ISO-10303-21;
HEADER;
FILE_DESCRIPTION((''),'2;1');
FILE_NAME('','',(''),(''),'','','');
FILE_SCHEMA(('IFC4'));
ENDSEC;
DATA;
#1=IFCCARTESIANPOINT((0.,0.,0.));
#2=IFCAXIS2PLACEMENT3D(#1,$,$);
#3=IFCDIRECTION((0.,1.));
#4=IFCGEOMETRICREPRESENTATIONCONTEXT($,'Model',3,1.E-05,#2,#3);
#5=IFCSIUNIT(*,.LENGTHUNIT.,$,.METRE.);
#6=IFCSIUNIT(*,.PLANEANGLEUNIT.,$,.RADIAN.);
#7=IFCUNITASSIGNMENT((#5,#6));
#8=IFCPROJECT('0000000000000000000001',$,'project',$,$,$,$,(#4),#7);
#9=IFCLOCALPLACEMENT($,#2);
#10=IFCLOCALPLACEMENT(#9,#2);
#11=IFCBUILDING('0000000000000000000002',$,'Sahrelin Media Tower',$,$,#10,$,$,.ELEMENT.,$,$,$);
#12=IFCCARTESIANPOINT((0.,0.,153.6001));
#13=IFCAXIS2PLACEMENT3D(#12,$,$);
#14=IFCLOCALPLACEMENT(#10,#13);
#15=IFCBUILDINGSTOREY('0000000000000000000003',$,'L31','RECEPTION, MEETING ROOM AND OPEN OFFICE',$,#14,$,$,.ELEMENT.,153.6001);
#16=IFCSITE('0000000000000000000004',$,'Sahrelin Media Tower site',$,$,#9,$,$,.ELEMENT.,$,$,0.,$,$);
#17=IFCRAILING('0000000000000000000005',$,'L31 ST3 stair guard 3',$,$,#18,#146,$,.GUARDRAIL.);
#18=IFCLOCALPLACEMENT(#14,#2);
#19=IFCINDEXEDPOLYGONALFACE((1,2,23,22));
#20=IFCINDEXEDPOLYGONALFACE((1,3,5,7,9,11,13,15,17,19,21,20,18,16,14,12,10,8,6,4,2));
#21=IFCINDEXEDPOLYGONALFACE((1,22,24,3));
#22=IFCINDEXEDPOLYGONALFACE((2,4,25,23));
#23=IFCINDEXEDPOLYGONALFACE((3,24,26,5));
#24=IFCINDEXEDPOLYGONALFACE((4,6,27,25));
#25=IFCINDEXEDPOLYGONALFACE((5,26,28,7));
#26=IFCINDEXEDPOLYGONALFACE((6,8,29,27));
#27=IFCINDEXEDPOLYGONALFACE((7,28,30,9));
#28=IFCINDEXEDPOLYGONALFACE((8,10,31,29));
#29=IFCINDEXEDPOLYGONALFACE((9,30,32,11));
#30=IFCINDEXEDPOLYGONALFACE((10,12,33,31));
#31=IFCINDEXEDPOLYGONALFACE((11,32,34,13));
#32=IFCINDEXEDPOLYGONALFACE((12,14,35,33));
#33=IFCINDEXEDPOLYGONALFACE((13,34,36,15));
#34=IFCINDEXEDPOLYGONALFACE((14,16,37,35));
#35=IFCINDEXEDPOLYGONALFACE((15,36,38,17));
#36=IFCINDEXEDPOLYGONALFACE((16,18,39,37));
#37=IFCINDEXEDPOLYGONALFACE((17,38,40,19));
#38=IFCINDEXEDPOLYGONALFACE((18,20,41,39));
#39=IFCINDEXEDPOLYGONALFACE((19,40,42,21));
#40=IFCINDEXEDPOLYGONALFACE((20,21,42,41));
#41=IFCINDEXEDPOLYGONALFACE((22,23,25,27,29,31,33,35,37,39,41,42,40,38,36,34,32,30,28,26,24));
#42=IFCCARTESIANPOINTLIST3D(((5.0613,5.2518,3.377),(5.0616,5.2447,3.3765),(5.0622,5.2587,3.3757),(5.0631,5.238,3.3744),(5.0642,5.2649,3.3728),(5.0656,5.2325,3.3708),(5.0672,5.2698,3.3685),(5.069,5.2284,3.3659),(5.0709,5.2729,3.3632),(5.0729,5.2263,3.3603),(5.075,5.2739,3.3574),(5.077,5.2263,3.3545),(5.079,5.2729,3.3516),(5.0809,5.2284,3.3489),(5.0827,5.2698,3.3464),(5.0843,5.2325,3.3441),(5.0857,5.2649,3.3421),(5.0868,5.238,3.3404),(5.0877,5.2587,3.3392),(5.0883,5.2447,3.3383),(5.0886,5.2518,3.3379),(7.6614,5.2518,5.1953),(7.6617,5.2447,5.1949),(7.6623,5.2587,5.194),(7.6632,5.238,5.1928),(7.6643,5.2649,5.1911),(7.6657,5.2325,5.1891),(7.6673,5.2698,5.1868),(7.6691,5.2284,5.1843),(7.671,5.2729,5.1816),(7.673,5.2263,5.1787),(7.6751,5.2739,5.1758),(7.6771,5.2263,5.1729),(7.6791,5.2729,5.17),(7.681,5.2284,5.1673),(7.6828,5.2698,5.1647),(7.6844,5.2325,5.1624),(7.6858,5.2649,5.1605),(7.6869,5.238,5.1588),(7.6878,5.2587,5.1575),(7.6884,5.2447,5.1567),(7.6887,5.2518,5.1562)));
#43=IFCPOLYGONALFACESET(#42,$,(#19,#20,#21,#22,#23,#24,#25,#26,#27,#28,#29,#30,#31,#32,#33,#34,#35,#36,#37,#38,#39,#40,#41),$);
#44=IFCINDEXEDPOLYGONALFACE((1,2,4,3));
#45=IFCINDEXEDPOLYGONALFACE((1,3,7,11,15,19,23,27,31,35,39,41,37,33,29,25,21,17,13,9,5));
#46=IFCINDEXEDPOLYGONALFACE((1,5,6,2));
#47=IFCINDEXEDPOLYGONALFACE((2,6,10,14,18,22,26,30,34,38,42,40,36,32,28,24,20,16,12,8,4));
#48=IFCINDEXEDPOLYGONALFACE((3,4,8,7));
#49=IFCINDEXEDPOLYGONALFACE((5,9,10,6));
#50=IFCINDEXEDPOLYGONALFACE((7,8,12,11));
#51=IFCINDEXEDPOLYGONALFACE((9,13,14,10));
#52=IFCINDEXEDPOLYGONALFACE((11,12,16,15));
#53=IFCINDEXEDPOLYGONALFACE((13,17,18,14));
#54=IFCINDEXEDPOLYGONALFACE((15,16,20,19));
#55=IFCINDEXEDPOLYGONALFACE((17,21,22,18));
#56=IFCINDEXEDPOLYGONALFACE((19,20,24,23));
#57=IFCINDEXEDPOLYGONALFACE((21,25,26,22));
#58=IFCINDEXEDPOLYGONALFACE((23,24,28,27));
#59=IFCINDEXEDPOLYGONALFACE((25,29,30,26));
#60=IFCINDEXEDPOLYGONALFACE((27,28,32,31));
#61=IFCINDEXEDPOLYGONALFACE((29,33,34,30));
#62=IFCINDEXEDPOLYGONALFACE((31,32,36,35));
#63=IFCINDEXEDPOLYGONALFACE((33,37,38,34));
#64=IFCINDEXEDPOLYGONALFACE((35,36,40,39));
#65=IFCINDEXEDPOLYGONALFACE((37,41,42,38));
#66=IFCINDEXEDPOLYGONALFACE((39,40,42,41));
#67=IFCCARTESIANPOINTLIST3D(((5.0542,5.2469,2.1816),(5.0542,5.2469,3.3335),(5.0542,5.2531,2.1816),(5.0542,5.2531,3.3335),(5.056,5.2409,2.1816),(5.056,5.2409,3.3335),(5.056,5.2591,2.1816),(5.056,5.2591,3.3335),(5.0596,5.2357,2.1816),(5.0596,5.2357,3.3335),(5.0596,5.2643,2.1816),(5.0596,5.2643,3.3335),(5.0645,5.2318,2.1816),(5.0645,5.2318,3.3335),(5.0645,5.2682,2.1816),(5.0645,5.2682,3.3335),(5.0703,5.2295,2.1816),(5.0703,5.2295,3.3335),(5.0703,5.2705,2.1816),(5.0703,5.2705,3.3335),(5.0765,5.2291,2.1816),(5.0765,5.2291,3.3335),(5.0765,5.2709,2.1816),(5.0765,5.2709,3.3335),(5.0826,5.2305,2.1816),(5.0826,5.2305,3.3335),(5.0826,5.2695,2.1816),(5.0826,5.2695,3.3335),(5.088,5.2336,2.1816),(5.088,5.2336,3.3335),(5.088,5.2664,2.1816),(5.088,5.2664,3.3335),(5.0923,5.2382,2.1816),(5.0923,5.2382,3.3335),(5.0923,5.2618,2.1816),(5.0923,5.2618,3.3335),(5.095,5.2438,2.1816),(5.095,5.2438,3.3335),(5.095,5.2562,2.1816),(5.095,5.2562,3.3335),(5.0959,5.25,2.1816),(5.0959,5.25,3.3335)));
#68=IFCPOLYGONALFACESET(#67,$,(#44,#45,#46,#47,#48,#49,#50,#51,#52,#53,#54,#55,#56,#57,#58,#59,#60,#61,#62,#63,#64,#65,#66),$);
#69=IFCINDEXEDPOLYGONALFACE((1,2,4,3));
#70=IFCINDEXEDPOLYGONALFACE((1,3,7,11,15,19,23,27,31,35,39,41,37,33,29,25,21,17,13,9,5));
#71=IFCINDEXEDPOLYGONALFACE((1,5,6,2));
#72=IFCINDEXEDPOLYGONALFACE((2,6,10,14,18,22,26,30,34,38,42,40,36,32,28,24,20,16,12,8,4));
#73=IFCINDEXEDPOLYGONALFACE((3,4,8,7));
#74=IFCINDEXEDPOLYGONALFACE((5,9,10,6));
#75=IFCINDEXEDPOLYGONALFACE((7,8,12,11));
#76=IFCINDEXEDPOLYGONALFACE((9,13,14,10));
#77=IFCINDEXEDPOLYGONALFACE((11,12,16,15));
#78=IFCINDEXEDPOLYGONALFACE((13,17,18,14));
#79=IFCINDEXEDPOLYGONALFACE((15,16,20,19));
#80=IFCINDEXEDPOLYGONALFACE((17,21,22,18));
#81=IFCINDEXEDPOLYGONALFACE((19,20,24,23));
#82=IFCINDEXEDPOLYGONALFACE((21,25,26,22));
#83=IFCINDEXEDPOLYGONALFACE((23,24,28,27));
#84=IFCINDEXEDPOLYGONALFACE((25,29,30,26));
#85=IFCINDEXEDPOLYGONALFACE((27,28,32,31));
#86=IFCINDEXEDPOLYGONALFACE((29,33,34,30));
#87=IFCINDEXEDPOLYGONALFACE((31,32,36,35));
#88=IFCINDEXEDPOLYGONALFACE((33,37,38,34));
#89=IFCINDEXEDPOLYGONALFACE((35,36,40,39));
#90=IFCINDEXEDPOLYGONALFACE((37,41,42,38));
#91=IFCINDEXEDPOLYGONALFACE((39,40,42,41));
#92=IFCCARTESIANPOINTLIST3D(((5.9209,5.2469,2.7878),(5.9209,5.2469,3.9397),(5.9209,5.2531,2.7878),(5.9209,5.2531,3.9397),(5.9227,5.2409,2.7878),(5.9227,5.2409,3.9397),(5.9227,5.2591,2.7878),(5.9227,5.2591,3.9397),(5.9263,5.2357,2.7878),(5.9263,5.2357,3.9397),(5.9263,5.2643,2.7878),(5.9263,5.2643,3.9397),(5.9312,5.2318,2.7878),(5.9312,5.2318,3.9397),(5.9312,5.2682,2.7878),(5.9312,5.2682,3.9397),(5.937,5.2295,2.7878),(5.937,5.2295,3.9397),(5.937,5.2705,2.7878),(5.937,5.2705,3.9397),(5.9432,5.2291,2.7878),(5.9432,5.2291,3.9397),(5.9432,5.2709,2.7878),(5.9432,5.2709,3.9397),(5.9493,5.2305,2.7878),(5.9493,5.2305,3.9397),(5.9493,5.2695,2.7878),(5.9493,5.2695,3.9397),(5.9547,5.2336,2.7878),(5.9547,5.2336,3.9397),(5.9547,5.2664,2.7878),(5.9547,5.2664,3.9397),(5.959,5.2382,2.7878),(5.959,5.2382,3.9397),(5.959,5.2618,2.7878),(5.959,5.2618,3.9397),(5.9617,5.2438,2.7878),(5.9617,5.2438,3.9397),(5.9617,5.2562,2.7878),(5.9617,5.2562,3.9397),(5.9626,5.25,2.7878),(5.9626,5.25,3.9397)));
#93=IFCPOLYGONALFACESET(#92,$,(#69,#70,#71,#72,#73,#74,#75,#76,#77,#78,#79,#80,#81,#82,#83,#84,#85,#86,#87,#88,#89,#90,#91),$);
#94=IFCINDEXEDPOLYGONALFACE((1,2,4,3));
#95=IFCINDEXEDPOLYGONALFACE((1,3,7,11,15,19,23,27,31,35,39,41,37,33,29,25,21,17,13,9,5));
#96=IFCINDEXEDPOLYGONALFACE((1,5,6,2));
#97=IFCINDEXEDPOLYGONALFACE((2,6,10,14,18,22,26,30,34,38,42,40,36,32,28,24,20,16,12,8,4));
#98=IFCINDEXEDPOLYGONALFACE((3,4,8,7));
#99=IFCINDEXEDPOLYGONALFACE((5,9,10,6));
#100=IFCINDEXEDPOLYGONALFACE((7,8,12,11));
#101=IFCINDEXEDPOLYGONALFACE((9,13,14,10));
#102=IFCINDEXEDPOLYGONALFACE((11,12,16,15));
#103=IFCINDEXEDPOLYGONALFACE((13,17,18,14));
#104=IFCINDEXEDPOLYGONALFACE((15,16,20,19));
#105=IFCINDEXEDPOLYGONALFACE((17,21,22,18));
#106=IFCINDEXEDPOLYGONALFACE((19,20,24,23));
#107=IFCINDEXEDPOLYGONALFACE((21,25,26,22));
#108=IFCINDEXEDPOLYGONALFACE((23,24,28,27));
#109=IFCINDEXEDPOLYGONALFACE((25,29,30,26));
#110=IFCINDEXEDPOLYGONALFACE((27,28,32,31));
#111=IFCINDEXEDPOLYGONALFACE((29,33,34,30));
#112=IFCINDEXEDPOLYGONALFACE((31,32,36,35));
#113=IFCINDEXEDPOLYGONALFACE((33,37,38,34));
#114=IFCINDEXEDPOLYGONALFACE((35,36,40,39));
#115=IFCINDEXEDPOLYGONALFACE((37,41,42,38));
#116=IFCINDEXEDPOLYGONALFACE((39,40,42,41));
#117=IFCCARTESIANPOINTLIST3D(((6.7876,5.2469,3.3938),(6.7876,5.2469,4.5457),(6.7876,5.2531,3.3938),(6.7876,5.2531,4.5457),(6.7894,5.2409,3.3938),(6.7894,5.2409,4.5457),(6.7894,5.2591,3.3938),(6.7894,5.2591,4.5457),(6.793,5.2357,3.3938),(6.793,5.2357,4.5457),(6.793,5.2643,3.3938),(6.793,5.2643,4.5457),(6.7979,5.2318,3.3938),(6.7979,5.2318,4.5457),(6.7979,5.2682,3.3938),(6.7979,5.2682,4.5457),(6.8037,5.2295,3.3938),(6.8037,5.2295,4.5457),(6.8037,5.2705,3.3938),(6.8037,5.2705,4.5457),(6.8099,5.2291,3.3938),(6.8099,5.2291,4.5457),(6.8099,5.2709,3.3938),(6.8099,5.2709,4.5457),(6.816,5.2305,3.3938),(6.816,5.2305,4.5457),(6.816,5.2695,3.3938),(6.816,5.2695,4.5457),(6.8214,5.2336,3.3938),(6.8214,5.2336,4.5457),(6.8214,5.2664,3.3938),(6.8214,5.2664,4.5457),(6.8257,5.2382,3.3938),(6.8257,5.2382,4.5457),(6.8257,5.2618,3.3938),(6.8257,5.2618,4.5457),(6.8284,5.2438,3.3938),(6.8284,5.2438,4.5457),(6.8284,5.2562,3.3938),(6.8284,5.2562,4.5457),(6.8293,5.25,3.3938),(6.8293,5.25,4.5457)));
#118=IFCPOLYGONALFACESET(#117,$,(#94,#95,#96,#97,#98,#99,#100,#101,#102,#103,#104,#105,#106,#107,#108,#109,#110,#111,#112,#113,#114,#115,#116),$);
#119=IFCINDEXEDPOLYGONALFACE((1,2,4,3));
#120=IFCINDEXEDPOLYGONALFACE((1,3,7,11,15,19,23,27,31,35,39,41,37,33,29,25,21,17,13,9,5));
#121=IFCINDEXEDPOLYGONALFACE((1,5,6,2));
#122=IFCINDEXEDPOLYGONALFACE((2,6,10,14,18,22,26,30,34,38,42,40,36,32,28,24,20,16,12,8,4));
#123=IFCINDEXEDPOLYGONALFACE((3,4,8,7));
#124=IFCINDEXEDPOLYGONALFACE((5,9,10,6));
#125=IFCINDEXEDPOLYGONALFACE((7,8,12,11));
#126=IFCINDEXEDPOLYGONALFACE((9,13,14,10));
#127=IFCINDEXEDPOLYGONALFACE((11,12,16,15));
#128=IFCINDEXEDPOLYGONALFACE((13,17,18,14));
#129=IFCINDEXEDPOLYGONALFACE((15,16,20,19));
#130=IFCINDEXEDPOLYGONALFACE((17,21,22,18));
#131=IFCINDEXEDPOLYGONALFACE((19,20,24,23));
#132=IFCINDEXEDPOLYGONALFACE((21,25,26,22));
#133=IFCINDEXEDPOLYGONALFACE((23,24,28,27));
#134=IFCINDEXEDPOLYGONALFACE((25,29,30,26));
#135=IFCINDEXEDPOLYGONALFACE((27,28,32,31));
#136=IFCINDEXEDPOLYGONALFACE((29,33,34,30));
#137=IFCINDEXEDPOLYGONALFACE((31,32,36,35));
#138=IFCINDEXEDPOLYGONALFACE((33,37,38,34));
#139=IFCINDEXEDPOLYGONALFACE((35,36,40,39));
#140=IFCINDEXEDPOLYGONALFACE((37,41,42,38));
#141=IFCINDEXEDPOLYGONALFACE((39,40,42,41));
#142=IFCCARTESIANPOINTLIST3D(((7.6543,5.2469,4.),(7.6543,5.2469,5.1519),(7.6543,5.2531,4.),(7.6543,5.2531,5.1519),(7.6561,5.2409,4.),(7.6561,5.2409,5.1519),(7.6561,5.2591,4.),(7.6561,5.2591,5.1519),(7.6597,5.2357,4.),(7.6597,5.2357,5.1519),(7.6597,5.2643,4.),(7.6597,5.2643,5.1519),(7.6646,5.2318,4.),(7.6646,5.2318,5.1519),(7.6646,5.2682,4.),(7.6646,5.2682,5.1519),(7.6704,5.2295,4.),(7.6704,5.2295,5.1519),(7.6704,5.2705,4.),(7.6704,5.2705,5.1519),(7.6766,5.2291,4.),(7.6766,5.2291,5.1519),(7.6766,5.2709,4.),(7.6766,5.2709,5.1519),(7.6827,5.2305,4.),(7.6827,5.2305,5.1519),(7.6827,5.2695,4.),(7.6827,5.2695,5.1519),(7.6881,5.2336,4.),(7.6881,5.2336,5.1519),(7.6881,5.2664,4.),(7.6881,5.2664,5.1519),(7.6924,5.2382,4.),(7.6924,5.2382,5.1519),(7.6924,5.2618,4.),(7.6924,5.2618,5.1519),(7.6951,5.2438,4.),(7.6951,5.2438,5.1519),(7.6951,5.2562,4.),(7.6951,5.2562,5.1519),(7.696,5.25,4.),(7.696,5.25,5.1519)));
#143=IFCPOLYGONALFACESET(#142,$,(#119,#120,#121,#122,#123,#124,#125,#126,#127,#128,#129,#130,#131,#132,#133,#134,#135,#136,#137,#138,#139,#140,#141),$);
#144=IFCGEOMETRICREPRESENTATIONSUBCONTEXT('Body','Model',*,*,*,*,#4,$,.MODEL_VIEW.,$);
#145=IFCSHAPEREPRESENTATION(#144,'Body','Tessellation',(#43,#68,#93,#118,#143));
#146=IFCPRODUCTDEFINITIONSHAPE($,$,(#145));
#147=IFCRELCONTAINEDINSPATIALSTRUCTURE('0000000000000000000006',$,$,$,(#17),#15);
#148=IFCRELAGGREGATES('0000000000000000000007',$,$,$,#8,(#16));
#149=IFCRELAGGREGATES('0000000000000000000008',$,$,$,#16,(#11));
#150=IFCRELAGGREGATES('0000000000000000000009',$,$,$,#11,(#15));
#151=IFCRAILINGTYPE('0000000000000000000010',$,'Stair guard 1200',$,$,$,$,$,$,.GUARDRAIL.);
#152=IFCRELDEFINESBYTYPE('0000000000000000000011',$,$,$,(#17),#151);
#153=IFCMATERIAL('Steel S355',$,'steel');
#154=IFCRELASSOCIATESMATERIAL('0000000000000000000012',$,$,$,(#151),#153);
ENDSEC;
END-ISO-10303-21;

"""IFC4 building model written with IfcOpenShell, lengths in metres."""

from ifc_helpers import new_model, si_unit, direction, frame, origin, origin_2d, place, context, subcontext, project, spatial, circle, extrude, material, type_object, element, save


model = new_model("IFC4")

# Units and contexts
model_context = context("Model", 3, precision=1e-05, world=origin(), true_north=direction((0.0, 1.0)))
body_context = subcontext(model_context, "Body", "Model", "MODEL_VIEW")
ifc_project = project(units=[si_unit("LENGTHUNIT", "METRE"), si_unit("PLANEANGLEUNIT", "RADIAN")], contexts=[model_context])

# Site, building, storey
site_placement = place(None, origin())
site = spatial("IfcSite", under=ifc_project, at=site_placement, Name="Sahrelin Media Tower site", CompositionType="ELEMENT", RefElevation=0.0)
building_placement = place(site_placement, origin())
building = spatial("IfcBuilding", under=site, at=building_placement, Name="Sahrelin Media Tower", CompositionType="ELEMENT")
storey_placement = place(building_placement, frame((0.0, 0.0, 153.6001)))
storey = spatial("IfcBuildingStorey", under=building, at=storey_placement, Name="L31", Description="RECEPTION, MEETING ROOM AND OPEN OFFICE", CompositionType="ELEMENT", Elevation=153.6001)

# Shared definitions
ifc_material_1 = material(Name="Steel S355", Category="steel")

# Railing
railing_type_1 = type_object("IfcRailingType", Name="Stair guard 1200", PredefinedType="GUARDRAIL", material=ifc_material_1)
railing_1_placement = place(storey_placement, frame((5.075, 5.25, 2.1816)))
element("IfcRailing", 1, at=railing_1_placement, inside=storey, type_object=railing_type_1, Name="L31 ST3 stair guard 3", PredefinedType="GUARDRAIL", context=body_context, shape_type="SweptSolid", body=[
    extrude(circle(Radius=0.0239, at=origin_2d()), frame((0.0, 0.0, 1.1758), z_axis=(0.819485, 0.0, 0.573101), x_axis=(0.0, 1.0, 0.0)), (0.0, 0.0, 1.0), 3.1729),
    extrude(circle(Radius=0.021, at=origin_2d()), origin(), (0.0, 0.0, 1.0), 1.1519),
    extrude(circle(Radius=0.021, at=origin_2d()), frame((0.8667, 0.0, 0.6062)), (0.0, 0.0, 1.0), 1.1519),
    extrude(circle(Radius=0.021, at=origin_2d()), frame((1.7334, 0.0, 1.2122)), (0.0, 0.0, 1.0), 1.1519),
    extrude(circle(Radius=0.021, at=origin_2d()), frame((2.6001, 0.0, 1.8184)), (0.0, 0.0, 1.0), 1.1519),
])

save(model, "model.ifc")
